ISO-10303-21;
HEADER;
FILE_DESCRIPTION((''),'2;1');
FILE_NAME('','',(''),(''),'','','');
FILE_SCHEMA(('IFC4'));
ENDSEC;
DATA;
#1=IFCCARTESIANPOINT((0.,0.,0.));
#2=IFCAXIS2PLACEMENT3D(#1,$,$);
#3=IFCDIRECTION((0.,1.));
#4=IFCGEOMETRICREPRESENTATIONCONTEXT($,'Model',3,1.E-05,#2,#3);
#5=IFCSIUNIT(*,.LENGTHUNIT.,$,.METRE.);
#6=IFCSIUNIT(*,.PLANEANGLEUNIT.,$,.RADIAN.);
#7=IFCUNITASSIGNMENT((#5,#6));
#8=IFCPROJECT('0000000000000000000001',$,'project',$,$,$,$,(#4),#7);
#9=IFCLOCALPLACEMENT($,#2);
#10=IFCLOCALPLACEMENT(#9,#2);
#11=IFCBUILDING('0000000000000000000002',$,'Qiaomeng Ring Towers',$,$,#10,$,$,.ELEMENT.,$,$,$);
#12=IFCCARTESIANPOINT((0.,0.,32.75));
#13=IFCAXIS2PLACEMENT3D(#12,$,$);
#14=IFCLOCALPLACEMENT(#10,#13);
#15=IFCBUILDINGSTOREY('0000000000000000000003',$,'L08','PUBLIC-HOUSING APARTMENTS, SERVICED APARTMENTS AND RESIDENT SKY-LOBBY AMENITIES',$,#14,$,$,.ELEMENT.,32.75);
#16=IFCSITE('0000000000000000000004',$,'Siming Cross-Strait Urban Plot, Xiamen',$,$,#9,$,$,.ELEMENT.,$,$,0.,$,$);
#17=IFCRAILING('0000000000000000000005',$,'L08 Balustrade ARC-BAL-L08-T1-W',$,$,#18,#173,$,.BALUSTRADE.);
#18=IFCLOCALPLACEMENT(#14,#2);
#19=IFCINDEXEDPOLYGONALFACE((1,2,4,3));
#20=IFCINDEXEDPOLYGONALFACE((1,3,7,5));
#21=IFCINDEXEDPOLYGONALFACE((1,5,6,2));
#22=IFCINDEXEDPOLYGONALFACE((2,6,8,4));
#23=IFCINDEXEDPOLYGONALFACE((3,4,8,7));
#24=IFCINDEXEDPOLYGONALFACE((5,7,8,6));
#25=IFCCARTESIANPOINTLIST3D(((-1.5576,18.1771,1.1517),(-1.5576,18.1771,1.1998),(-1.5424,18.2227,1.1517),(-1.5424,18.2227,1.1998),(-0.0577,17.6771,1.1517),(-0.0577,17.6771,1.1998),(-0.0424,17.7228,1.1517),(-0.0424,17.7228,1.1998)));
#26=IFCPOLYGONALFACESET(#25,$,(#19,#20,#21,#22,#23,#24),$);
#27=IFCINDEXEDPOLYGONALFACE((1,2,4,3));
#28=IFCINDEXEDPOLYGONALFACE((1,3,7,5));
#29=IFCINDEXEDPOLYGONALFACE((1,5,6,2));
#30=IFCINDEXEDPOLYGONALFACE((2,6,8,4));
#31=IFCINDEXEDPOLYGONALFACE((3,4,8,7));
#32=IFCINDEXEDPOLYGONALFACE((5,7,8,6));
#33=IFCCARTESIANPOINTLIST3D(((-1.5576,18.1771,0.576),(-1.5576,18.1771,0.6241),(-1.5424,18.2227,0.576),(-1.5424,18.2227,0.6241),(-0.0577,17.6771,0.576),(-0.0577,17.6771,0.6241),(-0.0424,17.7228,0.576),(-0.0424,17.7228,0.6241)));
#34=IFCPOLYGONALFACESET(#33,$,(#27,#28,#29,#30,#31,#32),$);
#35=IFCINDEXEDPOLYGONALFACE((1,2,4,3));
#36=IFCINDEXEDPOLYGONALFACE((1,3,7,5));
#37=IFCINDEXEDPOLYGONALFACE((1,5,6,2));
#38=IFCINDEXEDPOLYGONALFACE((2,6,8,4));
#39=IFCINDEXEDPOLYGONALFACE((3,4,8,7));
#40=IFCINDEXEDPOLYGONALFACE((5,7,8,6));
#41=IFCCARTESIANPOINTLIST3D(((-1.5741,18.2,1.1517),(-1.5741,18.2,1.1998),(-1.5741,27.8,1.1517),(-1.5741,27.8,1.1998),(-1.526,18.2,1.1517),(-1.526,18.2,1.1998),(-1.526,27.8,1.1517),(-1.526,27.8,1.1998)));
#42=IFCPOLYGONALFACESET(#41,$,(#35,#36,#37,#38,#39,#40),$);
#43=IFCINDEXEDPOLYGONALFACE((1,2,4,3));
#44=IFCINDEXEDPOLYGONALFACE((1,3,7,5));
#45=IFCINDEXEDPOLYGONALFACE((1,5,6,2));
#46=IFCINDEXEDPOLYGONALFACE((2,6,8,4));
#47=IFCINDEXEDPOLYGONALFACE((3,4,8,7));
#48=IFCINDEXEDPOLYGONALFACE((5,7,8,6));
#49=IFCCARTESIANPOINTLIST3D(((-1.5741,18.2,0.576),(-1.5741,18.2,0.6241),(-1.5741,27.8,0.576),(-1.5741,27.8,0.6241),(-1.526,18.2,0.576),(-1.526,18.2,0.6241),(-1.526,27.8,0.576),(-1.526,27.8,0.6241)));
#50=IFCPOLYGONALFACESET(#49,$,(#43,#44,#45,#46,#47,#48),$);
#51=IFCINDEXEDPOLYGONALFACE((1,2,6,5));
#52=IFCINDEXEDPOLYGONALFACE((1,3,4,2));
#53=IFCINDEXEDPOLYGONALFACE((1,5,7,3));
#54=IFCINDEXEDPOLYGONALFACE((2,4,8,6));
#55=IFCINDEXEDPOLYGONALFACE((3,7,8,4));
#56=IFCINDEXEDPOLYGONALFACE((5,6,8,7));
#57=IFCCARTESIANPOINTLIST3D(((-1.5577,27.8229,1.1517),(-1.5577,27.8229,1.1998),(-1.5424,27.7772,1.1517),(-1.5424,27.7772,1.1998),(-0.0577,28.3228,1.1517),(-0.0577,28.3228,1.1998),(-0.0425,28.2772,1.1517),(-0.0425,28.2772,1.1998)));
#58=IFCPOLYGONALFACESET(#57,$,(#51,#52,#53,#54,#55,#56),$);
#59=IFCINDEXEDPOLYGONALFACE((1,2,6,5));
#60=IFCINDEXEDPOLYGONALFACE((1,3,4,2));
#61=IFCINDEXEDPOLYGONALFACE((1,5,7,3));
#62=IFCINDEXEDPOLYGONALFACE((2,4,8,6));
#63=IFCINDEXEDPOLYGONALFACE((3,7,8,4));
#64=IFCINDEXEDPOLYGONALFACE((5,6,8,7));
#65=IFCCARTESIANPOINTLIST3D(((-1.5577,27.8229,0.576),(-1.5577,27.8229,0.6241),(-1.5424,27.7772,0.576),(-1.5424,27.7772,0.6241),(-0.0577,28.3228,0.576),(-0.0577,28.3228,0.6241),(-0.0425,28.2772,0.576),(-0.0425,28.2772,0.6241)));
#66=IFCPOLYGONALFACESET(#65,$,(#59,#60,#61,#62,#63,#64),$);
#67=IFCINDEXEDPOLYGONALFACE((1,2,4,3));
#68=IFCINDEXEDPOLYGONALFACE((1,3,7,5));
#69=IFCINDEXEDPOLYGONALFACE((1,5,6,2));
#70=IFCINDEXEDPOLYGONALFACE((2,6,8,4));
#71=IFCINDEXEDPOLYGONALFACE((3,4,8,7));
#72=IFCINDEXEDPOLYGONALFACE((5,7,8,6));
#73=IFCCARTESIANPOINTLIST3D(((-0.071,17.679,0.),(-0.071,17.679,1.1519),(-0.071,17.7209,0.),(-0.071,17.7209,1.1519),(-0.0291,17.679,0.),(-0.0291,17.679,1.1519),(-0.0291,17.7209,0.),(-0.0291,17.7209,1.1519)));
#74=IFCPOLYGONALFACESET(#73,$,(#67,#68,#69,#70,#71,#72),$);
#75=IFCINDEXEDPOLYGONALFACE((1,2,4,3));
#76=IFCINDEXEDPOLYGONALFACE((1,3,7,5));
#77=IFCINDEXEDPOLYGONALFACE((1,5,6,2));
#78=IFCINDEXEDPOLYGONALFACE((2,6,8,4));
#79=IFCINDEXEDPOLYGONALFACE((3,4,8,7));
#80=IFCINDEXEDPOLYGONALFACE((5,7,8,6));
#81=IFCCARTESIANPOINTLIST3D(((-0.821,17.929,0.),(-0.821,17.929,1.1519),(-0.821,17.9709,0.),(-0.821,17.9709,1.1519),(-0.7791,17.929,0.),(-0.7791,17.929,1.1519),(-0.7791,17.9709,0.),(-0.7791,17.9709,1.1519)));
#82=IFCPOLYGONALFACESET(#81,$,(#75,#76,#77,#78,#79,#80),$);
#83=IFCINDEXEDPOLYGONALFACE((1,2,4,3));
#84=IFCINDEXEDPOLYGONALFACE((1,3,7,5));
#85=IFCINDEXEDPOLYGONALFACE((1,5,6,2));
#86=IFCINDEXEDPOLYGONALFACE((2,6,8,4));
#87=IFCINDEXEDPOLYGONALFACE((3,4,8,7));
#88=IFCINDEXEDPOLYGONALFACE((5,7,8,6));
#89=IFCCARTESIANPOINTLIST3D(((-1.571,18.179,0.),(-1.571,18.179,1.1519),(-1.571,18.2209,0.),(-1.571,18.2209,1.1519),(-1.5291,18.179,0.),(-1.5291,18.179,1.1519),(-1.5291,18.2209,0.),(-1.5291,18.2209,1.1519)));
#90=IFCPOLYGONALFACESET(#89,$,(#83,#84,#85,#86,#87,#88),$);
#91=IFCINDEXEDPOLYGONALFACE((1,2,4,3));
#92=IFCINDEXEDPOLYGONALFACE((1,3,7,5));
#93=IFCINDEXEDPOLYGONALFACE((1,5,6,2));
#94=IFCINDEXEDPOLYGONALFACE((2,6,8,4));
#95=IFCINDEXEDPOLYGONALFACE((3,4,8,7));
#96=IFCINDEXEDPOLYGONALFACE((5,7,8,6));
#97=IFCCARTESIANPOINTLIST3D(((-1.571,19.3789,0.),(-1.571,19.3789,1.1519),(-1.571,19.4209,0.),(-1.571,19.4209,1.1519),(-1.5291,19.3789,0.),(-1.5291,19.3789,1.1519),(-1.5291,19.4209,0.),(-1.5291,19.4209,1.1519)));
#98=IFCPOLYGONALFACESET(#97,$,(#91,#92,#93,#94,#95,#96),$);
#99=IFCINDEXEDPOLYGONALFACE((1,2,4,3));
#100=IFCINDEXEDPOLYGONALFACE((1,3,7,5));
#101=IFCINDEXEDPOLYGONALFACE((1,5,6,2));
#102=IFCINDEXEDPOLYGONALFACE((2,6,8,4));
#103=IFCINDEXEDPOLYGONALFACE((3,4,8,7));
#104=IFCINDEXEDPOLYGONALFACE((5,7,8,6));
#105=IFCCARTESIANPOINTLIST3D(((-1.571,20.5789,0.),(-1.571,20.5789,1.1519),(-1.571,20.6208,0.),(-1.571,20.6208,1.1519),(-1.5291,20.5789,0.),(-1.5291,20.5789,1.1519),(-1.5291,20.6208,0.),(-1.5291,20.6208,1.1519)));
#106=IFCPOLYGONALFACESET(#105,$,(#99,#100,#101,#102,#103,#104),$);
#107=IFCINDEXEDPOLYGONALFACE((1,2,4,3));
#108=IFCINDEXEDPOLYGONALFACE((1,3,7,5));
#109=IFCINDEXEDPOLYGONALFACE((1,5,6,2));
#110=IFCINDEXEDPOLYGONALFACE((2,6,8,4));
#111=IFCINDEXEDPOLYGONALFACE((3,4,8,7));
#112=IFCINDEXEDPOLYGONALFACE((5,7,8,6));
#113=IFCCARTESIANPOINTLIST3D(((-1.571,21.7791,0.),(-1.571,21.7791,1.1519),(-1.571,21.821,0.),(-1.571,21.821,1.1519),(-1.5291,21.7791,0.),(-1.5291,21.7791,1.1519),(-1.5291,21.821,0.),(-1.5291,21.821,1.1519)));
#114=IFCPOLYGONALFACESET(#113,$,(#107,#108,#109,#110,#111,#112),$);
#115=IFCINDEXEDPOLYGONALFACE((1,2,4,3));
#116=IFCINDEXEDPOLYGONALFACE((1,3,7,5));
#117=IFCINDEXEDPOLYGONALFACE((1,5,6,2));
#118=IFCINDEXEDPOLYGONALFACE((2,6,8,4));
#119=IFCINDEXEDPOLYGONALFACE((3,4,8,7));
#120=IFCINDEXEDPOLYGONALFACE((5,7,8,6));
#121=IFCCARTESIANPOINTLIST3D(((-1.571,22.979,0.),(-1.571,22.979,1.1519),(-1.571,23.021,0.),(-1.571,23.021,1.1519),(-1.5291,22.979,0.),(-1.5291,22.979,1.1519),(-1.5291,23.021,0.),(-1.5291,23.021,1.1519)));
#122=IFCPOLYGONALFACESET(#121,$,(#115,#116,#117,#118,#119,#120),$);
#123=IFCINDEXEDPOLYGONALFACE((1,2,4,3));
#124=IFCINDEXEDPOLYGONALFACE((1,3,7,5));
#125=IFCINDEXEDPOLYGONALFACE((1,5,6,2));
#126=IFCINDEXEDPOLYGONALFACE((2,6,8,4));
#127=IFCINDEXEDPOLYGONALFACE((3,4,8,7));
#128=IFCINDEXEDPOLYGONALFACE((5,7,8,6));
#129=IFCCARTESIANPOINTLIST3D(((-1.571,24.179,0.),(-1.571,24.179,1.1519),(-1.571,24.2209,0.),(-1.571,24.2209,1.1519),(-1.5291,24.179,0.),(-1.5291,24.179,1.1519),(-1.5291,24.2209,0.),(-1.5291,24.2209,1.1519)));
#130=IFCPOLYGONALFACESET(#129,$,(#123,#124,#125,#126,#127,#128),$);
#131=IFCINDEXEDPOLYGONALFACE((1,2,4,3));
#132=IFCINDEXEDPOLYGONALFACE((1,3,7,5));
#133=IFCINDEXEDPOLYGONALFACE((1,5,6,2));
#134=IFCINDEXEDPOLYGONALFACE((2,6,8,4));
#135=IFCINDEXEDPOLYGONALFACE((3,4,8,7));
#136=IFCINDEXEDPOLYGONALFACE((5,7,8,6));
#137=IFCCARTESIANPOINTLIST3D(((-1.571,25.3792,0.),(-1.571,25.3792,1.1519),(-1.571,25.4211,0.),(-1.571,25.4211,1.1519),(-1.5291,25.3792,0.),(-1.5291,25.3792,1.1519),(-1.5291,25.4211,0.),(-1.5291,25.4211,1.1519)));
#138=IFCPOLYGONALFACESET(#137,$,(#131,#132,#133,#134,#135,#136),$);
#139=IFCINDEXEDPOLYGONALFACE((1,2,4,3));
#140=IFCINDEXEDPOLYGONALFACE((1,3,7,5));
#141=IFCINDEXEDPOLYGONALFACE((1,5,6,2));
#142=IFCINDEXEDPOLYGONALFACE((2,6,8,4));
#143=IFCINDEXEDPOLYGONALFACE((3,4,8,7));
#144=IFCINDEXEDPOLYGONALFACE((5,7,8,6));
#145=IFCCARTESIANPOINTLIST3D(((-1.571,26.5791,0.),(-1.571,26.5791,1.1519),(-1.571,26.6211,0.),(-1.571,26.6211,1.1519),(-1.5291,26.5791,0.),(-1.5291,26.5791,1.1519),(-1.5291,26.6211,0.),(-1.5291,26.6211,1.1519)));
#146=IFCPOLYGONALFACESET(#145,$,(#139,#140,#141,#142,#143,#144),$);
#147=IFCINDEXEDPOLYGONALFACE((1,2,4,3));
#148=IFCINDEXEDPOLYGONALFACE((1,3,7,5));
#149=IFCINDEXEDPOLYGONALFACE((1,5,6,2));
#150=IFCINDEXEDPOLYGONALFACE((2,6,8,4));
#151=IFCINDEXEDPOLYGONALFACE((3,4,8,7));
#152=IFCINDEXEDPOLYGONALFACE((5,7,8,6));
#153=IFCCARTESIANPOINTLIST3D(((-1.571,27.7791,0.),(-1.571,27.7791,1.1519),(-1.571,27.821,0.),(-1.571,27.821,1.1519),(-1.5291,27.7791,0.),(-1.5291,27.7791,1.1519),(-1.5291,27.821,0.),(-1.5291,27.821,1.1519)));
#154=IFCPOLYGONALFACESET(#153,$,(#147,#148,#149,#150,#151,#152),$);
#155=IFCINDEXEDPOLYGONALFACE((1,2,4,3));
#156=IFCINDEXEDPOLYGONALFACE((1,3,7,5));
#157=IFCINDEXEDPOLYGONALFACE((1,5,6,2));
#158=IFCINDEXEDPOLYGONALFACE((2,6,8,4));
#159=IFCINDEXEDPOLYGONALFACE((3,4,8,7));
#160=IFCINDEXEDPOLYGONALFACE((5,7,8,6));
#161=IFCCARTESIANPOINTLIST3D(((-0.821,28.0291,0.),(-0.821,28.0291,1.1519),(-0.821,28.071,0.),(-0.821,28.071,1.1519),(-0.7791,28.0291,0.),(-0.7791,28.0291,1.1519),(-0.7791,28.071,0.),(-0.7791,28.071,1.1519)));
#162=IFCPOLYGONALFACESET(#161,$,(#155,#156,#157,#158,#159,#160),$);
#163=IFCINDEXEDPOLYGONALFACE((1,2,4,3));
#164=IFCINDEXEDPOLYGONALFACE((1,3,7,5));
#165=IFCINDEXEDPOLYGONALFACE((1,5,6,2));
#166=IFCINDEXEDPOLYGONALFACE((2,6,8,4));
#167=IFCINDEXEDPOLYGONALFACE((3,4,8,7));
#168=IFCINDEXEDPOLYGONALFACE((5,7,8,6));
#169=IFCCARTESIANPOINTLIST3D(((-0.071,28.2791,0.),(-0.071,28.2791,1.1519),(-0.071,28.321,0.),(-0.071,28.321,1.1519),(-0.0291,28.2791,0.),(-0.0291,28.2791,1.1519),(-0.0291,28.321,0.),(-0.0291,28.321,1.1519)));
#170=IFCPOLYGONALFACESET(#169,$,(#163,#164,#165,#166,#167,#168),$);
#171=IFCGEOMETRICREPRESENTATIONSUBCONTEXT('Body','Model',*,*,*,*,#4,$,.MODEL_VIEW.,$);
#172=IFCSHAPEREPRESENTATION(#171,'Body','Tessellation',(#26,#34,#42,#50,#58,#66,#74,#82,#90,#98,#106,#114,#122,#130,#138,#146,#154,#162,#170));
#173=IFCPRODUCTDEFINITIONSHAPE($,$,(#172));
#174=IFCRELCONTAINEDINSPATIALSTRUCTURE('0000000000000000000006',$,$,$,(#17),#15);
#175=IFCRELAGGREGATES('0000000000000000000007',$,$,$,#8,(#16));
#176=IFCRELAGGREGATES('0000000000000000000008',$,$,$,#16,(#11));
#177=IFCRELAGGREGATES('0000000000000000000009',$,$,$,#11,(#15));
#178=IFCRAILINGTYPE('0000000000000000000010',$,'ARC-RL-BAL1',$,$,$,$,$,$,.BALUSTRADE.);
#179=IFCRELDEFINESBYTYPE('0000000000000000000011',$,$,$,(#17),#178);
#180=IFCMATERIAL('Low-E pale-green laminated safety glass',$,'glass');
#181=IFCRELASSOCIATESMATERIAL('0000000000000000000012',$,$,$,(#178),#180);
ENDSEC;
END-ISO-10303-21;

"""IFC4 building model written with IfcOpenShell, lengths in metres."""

from ifc_helpers import new_model, si_unit, direction, frame, origin, origin_2d, place, context, subcontext, project, spatial, rectangle, extrude, material, type_object, element, save


model = new_model("IFC4")

# Units and contexts
model_context = context("Model", 3, precision=1e-05, world=origin(), true_north=direction((0.0, 1.0)))
body_context = subcontext(model_context, "Body", "Model", "MODEL_VIEW")
ifc_project = project(units=[si_unit("LENGTHUNIT", "METRE"), si_unit("PLANEANGLEUNIT", "RADIAN")], contexts=[model_context])

# Site, building, storey
site_placement = place(None, origin())
site = spatial("IfcSite", under=ifc_project, at=site_placement, Name="Siming Cross-Strait Urban Plot, Xiamen", CompositionType="ELEMENT", RefElevation=0.0)
building_placement = place(site_placement, origin())
building = spatial("IfcBuilding", under=site, at=building_placement, Name="Qiaomeng Ring Towers", CompositionType="ELEMENT")
storey_placement = place(building_placement, frame((0.0, 0.0, 32.75)))
storey = spatial("IfcBuildingStorey", under=building, at=storey_placement, Name="L08", Description="PUBLIC-HOUSING APARTMENTS, SERVICED APARTMENTS AND RESIDENT SKY-LOBBY AMENITIES", CompositionType="ELEMENT", Elevation=32.75)

# Railing
ifc_material_1 = material(Name="Low-E pale-green laminated safety glass", Category="glass")
railing_type = type_object("IfcRailingType", Name="ARC-RL-BAL1", PredefinedType="BALUSTRADE", material=ifc_material_1)
railing_1_placement = place(storey_placement, frame((-0.05, 17.7, 0.0)))
element("IfcRailing", 1, at=railing_1_placement, inside=storey, type_object=railing_type, Name="L08 Balustrade ARC-BAL-L08-T1-W", PredefinedType="BALUSTRADE", context=body_context, shape_type="SweptSolid", body=[
    extrude(rectangle(XDim=0.0481, YDim=0.0481, at=origin_2d()), frame((0.0, 0.0, 1.1758), z_axis=(-0.948683, 0.316228, 0.0), x_axis=(-0.316228, -0.948683, 0.0)), (0.0, 0.0, 1.0), 1.5811),
    extrude(rectangle(XDim=0.0481, YDim=0.0481, at=origin_2d()), frame((0.0, 0.0, 0.6001), z_axis=(-0.948683, 0.316228, 0.0), x_axis=(-0.316228, -0.948683, 0.0)), (0.0, 0.0, 1.0), 1.5811),
    extrude(rectangle(XDim=0.0481, YDim=0.0481, at=origin_2d()), frame((-1.5, 0.5, 1.1758), z_axis=(0.0, 1.0, 0.0), x_axis=(-1.0, 0.0, 0.0)), (0.0, 0.0, 1.0), 9.6001),
    extrude(rectangle(XDim=0.0481, YDim=0.0481, at=origin_2d()), frame((-1.5, 0.5, 0.6001), z_axis=(0.0, 1.0, 0.0), x_axis=(-1.0, 0.0, 0.0)), (0.0, 0.0, 1.0), 9.6001),
    extrude(rectangle(XDim=0.0481, YDim=0.0481, at=origin_2d()), frame((-1.5, 10.1001, 1.1758), z_axis=(0.948683, 0.316228, 0.0), x_axis=(-0.316228, 0.948683, 0.0)), (0.0, 0.0, 1.0), 1.5811),
    extrude(rectangle(XDim=0.0481, YDim=0.0481, at=origin_2d()), frame((-1.5, 10.1001, 0.6001), z_axis=(0.948683, 0.316228, 0.0), x_axis=(-0.316228, 0.948683, 0.0)), (0.0, 0.0, 1.0), 1.5811),
    extrude(rectangle(XDim=0.042, YDim=0.042, at=origin_2d()), origin(), (0.0, 0.0, 1.0), 1.1519),
    extrude(rectangle(XDim=0.042, YDim=0.042, at=origin_2d()), frame((-0.75, 0.25, 0.0)), (0.0, 0.0, 1.0), 1.1519),
    extrude(rectangle(XDim=0.042, YDim=0.042, at=origin_2d()), frame((-1.5, 0.5, 0.0)), (0.0, 0.0, 1.0), 1.1519),
    extrude(rectangle(XDim=0.042, YDim=0.042, at=origin_2d()), frame((-1.5, 1.7, 0.0)), (0.0, 0.0, 1.0), 1.1519),
    extrude(rectangle(XDim=0.042, YDim=0.042, at=origin_2d()), frame((-1.5, 2.8999, 0.0)), (0.0, 0.0, 1.0), 1.1519),
    extrude(rectangle(XDim=0.042, YDim=0.042, at=origin_2d()), frame((-1.5, 4.1001, 0.0)), (0.0, 0.0, 1.0), 1.1519),
    extrude(rectangle(XDim=0.042, YDim=0.042, at=origin_2d()), frame((-1.5, 5.3, 0.0)), (0.0, 0.0, 1.0), 1.1519),
    extrude(rectangle(XDim=0.042, YDim=0.042, at=origin_2d()), frame((-1.5, 6.5, 0.0)), (0.0, 0.0, 1.0), 1.1519),
    extrude(rectangle(XDim=0.042, YDim=0.042, at=origin_2d()), frame((-1.5, 7.7002, 0.0)), (0.0, 0.0, 1.0), 1.1519),
    extrude(rectangle(XDim=0.042, YDim=0.042, at=origin_2d()), frame((-1.5, 8.9001, 0.0)), (0.0, 0.0, 1.0), 1.1519),
    extrude(rectangle(XDim=0.042, YDim=0.042, at=origin_2d()), frame((-1.5, 10.1001, 0.0)), (0.0, 0.0, 1.0), 1.1519),
    extrude(rectangle(XDim=0.042, YDim=0.042, at=origin_2d()), frame((-0.75, 10.3501, 0.0)), (0.0, 0.0, 1.0), 1.1519),
    extrude(rectangle(XDim=0.042, YDim=0.042, at=origin_2d()), frame((0.0, 10.6001, 0.0)), (0.0, 0.0, 1.0), 1.1519),
])

save(model, "model.ifc")
